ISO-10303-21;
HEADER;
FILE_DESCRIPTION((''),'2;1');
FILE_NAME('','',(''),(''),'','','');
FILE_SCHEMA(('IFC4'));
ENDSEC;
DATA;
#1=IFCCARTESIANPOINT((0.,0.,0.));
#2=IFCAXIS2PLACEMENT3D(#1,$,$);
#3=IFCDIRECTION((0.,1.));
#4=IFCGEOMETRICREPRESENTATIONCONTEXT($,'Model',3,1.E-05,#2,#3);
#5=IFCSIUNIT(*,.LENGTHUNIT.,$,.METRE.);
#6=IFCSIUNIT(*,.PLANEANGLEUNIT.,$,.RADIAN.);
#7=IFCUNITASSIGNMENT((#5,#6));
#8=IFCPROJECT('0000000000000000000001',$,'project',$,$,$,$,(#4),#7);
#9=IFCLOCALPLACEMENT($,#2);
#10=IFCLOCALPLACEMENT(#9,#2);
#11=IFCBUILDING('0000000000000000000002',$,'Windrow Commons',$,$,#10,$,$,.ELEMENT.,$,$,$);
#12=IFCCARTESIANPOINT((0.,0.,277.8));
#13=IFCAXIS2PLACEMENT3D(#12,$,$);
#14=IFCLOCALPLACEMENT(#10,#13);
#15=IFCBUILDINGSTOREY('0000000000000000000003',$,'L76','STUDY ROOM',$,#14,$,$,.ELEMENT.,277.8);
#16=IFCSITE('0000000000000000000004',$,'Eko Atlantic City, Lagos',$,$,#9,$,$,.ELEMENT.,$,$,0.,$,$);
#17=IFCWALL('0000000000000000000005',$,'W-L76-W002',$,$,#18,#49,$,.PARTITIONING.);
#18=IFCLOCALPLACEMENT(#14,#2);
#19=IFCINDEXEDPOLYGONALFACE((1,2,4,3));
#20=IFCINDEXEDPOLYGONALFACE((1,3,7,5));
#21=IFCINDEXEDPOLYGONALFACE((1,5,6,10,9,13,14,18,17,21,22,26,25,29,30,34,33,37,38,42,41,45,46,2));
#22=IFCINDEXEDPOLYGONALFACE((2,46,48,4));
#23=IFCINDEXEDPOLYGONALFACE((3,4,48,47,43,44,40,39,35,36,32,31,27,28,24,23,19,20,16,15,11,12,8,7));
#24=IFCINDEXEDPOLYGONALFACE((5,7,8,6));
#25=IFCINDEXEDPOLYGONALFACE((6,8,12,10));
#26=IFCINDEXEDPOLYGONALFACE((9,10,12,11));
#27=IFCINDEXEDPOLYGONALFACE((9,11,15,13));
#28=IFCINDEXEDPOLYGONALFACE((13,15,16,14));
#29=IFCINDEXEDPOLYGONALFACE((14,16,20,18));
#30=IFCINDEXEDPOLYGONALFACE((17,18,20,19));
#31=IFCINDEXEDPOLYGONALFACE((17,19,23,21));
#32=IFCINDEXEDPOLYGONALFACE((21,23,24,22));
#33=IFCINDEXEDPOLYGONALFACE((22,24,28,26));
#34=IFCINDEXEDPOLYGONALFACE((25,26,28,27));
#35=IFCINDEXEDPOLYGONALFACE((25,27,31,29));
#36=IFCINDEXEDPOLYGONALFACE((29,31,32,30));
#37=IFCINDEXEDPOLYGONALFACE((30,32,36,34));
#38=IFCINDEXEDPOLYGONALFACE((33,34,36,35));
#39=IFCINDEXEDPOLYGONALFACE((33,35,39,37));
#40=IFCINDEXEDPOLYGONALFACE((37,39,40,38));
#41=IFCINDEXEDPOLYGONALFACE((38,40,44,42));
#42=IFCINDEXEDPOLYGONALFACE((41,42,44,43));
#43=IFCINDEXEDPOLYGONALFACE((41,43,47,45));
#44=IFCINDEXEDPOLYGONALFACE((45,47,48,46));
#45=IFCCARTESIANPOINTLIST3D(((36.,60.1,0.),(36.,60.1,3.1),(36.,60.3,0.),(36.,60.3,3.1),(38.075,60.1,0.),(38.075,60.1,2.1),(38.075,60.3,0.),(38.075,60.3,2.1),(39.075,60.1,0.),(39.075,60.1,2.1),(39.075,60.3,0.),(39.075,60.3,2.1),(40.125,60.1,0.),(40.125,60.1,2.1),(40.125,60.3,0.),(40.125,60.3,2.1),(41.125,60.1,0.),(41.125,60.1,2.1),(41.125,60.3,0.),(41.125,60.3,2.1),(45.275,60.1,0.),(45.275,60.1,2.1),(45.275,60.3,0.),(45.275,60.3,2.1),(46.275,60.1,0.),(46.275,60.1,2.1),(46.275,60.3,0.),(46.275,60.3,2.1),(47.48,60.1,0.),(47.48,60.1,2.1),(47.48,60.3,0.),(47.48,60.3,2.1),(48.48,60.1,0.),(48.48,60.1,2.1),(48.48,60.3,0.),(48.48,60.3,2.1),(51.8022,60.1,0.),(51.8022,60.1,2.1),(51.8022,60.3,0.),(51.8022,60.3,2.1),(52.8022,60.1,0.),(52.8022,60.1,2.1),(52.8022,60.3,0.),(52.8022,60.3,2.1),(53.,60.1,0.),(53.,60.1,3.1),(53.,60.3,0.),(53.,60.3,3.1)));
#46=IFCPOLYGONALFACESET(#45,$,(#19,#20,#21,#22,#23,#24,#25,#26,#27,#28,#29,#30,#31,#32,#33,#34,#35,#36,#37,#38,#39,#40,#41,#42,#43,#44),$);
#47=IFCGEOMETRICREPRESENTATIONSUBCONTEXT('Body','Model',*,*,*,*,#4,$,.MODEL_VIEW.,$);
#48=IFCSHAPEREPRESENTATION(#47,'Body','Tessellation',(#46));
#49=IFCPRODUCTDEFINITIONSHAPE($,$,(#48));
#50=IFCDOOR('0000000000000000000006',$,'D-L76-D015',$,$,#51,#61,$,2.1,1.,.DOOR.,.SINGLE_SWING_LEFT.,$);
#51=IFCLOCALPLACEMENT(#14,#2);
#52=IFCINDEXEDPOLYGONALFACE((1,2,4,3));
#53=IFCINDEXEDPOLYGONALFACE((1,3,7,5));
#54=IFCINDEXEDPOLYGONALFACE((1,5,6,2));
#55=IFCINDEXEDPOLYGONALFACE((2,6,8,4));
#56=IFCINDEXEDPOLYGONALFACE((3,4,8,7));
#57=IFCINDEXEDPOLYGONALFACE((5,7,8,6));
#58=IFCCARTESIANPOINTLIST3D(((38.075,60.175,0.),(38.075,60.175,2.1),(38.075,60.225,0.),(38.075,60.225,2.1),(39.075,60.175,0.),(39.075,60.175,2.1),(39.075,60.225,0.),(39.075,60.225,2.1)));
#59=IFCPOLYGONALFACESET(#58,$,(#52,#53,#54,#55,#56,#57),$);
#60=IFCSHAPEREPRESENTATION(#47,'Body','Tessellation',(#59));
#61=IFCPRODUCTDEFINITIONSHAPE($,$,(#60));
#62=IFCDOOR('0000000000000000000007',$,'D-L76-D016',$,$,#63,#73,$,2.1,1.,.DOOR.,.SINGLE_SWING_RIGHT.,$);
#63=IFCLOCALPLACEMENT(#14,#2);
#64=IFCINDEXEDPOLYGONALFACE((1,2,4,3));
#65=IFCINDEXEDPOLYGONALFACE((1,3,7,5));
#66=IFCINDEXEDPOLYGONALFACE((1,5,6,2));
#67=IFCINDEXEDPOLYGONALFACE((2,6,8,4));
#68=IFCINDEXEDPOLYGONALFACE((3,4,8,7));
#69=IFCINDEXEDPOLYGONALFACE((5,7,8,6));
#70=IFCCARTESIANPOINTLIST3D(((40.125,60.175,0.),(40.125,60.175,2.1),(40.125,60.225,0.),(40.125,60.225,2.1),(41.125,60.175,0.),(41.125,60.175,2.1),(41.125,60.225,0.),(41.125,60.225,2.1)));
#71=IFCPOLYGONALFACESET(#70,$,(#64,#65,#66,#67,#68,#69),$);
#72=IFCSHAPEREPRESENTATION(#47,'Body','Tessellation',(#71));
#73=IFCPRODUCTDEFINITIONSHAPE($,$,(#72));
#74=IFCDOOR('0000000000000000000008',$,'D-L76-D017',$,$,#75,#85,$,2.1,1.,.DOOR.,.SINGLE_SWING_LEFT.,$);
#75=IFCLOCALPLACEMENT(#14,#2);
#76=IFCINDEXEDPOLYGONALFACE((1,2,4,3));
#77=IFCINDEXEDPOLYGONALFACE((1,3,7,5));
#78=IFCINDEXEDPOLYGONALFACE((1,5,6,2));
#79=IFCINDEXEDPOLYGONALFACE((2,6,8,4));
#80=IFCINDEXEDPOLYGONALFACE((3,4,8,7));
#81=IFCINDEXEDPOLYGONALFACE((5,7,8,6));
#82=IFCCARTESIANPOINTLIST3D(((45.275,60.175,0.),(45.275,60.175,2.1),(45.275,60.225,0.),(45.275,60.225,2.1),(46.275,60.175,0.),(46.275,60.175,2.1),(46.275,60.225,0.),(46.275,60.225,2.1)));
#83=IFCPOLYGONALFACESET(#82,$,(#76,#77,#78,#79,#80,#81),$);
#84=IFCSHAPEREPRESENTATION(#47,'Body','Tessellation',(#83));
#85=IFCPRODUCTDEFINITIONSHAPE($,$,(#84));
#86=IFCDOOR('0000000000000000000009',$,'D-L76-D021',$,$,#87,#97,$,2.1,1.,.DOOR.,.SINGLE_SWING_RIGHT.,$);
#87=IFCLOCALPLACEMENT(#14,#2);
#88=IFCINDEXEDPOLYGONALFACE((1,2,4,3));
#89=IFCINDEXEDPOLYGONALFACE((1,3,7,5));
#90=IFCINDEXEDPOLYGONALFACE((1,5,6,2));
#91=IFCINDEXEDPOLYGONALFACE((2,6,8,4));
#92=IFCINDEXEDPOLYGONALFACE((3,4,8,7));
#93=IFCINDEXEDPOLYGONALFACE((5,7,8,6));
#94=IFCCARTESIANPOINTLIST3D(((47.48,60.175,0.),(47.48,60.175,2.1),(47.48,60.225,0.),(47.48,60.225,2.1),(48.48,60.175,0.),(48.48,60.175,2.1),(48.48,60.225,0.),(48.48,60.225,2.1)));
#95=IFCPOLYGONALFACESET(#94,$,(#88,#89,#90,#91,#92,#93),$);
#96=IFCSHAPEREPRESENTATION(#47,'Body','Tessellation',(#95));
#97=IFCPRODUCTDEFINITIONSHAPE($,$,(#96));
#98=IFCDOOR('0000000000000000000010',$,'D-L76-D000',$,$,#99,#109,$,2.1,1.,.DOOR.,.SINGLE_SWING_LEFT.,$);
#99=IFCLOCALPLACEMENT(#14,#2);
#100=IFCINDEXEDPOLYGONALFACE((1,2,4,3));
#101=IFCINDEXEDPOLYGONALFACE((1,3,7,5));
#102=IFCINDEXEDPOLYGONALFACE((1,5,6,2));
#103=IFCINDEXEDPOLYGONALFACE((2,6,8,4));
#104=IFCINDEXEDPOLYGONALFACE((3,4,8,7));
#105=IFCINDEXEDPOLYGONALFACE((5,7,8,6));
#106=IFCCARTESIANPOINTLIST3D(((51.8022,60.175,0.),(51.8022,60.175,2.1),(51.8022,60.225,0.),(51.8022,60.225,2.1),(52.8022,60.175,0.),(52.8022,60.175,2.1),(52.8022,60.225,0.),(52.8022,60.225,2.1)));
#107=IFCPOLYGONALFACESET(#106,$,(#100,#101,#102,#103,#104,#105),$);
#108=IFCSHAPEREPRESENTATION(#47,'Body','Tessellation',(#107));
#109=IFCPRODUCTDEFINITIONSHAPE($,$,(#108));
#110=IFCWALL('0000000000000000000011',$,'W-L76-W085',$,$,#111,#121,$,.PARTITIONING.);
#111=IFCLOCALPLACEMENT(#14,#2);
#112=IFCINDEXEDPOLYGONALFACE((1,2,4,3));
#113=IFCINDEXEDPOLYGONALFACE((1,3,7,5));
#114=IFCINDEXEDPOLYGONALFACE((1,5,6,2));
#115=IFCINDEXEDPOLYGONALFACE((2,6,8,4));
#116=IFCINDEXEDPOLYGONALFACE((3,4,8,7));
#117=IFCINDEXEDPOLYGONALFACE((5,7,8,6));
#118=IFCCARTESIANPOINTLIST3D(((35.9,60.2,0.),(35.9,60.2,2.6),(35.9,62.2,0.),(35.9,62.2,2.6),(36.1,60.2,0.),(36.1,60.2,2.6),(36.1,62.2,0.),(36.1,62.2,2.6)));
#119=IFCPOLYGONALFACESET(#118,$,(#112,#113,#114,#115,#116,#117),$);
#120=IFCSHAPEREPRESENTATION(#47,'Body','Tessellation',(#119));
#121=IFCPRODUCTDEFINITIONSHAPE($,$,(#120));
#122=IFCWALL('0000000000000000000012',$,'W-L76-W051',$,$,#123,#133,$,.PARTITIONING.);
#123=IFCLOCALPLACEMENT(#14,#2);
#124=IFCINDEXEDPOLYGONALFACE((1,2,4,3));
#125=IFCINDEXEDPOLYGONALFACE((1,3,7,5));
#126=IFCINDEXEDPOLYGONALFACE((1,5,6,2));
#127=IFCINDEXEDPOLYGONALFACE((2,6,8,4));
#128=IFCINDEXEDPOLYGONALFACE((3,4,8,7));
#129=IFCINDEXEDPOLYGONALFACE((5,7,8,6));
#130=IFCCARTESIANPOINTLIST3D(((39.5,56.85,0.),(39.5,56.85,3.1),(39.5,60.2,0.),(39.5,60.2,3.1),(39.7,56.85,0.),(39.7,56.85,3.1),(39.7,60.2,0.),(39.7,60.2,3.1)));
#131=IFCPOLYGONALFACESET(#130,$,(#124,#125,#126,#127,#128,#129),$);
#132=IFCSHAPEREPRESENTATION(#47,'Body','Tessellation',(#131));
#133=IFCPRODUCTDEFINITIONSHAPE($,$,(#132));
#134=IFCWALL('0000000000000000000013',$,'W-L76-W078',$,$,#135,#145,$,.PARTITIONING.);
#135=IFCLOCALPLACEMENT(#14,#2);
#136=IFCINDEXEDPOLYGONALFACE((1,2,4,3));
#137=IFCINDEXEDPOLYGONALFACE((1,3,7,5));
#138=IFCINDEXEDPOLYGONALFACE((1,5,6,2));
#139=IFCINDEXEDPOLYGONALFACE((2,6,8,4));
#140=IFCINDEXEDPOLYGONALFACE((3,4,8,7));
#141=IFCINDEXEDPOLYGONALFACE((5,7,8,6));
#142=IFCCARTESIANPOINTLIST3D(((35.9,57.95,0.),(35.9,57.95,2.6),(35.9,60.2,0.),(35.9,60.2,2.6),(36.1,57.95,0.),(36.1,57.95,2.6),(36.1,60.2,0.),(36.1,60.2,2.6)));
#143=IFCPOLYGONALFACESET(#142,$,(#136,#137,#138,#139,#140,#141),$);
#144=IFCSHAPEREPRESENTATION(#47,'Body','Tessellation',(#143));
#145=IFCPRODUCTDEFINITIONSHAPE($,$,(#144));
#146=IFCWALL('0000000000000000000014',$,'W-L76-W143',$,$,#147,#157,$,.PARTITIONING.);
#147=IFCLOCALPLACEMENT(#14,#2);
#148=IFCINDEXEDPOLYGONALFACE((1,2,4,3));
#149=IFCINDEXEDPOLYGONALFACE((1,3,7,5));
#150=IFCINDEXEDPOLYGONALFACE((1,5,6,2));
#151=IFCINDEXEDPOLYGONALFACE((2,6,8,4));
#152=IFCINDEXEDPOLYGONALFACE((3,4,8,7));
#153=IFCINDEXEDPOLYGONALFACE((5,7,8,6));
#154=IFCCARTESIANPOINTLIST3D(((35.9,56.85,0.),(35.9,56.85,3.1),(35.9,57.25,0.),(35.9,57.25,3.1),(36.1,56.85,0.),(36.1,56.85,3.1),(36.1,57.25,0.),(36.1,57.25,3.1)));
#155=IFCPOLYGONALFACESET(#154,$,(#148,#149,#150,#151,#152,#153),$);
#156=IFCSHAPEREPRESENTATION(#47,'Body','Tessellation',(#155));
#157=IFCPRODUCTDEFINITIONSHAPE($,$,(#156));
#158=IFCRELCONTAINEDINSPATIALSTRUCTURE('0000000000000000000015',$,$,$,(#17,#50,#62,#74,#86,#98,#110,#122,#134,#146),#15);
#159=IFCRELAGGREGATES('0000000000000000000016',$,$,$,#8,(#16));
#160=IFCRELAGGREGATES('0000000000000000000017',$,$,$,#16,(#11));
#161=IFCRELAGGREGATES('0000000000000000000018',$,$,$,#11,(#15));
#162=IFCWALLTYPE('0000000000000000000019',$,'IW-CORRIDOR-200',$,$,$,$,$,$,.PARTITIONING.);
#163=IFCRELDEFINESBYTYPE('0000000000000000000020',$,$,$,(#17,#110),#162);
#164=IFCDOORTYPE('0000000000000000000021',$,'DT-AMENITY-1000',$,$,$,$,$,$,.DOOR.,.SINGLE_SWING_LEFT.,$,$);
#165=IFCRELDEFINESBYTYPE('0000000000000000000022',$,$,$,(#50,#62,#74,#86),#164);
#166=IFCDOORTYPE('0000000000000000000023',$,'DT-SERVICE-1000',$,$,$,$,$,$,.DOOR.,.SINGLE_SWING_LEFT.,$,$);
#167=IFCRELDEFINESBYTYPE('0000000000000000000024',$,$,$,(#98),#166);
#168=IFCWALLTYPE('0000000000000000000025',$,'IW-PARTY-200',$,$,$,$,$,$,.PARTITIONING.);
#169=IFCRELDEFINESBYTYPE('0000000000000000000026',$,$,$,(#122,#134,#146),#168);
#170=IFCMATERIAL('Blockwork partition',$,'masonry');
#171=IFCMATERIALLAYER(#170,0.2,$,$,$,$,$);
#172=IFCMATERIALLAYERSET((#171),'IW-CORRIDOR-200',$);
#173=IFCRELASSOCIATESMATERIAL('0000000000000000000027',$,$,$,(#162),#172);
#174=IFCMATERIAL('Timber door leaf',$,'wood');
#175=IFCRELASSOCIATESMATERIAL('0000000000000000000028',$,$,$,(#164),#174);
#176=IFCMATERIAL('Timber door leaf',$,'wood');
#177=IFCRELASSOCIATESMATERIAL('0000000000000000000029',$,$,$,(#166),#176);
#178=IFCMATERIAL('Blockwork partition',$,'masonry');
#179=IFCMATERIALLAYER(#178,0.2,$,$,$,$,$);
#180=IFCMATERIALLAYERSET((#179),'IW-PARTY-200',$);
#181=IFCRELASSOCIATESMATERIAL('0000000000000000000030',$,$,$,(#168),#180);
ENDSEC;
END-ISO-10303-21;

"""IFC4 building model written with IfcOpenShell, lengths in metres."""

from ifc_helpers import new_model, si_unit, direction, frame, frame_2d, origin, place, context, subcontext, project, spatial, rectangle, extrude, material, layer, layer_set, type_object, element, fill, save


model = new_model("IFC4")

# Units and contexts
model_context = context("Model", 3, precision=1e-05, world=origin(), true_north=direction((0.0, 1.0)))
body_context = subcontext(model_context, "Body", "Model", "MODEL_VIEW")
ifc_project = project(units=[si_unit("LENGTHUNIT", "METRE"), si_unit("PLANEANGLEUNIT", "RADIAN")], contexts=[model_context])

# Site, building, storey
site_placement = place(None, origin())
site = spatial("IfcSite", under=ifc_project, at=site_placement, Name="Eko Atlantic City, Lagos", CompositionType="ELEMENT", RefElevation=0.0)
building_placement = place(site_placement, origin())
building = spatial("IfcBuilding", under=site, at=building_placement, Name="Windrow Commons", CompositionType="ELEMENT")
storey_placement = place(building_placement, frame((0.0, 0.0, 277.8)))
storey = spatial("IfcBuildingStorey", under=building, at=storey_placement, Name="L76", Description="STUDY ROOM", CompositionType="ELEMENT", Elevation=277.8)

# Wall, openings, doors
ifc_material_1 = material(Name="Blockwork partition", Category="masonry")
ifc_layer_1 = layer(ifc_material_1, 0.2)
ifc_layer_set_1 = layer_set([ifc_layer_1], Name="IW-CORRIDOR-200")
wall_type_1 = type_object("IfcWallType", Name="IW-CORRIDOR-200", PredefinedType="PARTITIONING", material=ifc_layer_set_1)
wall_1_placement = place(storey_placement, frame((36.0, 60.2, 0.0), z_axis=(0.0, 0.0, 1.0), x_axis=(1.0, 0.0, 0.0)))
wall_1 = element("IfcWall", 1, at=wall_1_placement, inside=storey, type_object=wall_type_1, Name="W-L76-W002", PredefinedType="PARTITIONING", context=body_context, shape_type="SweptSolid", body=[
    extrude(rectangle(XDim=17.0, YDim=0.2, at=frame_2d((8.5, 0.0))), origin(), (0.0, 0.0, 1.0), 3.1),
])
opening_1_placement = place(wall_1_placement, frame((15.8022, 0.0, 0.0)))
opening_1 = element("IfcOpeningElement", 2, at=opening_1_placement, cuts=wall_1, PredefinedType="OPENING", context=body_context, shape_type="SweptSolid", body=[
    extrude(rectangle(XDim=1.0, YDim=2.1, at=frame_2d((0.5, 1.05))), frame((0.0, 0.11, 0.0), z_axis=(0.0, -1.0, 0.0), x_axis=(1.0, 0.0, 0.0)), (0.0, 0.0, 1.0), 0.22),
])
opening_2_placement = place(wall_1_placement, frame((2.075, 0.0, 0.0)))
opening_2 = element("IfcOpeningElement", 3, at=opening_2_placement, cuts=wall_1, PredefinedType="OPENING", context=body_context, shape_type="SweptSolid", body=[
    extrude(rectangle(XDim=1.0, YDim=2.1, at=frame_2d((0.5, 1.05))), frame((0.0, 0.11, 0.0), z_axis=(0.0, -1.0, 0.0), x_axis=(1.0, 0.0, 0.0)), (0.0, 0.0, 1.0), 0.22),
])
opening_3_placement = place(wall_1_placement, frame((4.125, 0.0, 0.0)))
opening_3 = element("IfcOpeningElement", 4, at=opening_3_placement, cuts=wall_1, PredefinedType="OPENING", context=body_context, shape_type="SweptSolid", body=[
    extrude(rectangle(XDim=1.0, YDim=2.1, at=frame_2d((0.5, 1.05))), frame((0.0, 0.11, 0.0), z_axis=(0.0, -1.0, 0.0), x_axis=(1.0, 0.0, 0.0)), (0.0, 0.0, 1.0), 0.22),
])
opening_4_placement = place(wall_1_placement, frame((9.275, 0.0, 0.0)))
opening_4 = element("IfcOpeningElement", 5, at=opening_4_placement, cuts=wall_1, PredefinedType="OPENING", context=body_context, shape_type="SweptSolid", body=[
    extrude(rectangle(XDim=1.0, YDim=2.1, at=frame_2d((0.5, 1.05))), frame((0.0, 0.11, 0.0), z_axis=(0.0, -1.0, 0.0), x_axis=(1.0, 0.0, 0.0)), (0.0, 0.0, 1.0), 0.22),
])
opening_5_placement = place(wall_1_placement, frame((11.48, 0.0, 0.0)))
opening_5 = element("IfcOpeningElement", 6, at=opening_5_placement, cuts=wall_1, PredefinedType="OPENING", context=body_context, shape_type="SweptSolid", body=[
    extrude(rectangle(XDim=1.0, YDim=2.1, at=frame_2d((0.5, 1.05))), frame((0.0, 0.11, 0.0), z_axis=(0.0, -1.0, 0.0), x_axis=(1.0, 0.0, 0.0)), (0.0, 0.0, 1.0), 0.22),
])
ifc_material_2 = material(Name="Timber door leaf", Category="wood")
door_type_1 = type_object("IfcDoorType", Name="DT-AMENITY-1000", OperationType="SINGLE_SWING_LEFT", PredefinedType="DOOR", material=ifc_material_2)
door_1_placement = place(opening_2_placement, origin())
door_1 = element("IfcDoor", 7, at=door_1_placement, inside=storey, type_object=door_type_1, Name="D-L76-D015", OperationType="SINGLE_SWING_LEFT", OverallHeight=2.1, OverallWidth=1.0, PredefinedType="DOOR", context=body_context, shape_type="SweptSolid", body=[
    extrude(rectangle(XDim=1.0, YDim=2.1, at=frame_2d((0.5, 1.05))), frame((0.0, 0.025, 0.0), z_axis=(0.0, -1.0, 0.0), x_axis=(1.0, 0.0, 0.0)), (0.0, 0.0, 1.0), 0.05),
])
fill(opening_2, door_1)
door_2_placement = place(opening_3_placement, origin())
door_2 = element("IfcDoor", 8, at=door_2_placement, inside=storey, type_object=door_type_1, Name="D-L76-D016", OperationType="SINGLE_SWING_RIGHT", OverallHeight=2.1, OverallWidth=1.0, PredefinedType="DOOR", context=body_context, shape_type="SweptSolid", body=[
    extrude(rectangle(XDim=1.0, YDim=2.1, at=frame_2d((0.5, 1.05))), frame((0.0, 0.025, 0.0), z_axis=(0.0, -1.0, 0.0), x_axis=(1.0, 0.0, 0.0)), (0.0, 0.0, 1.0), 0.05),
])
fill(opening_3, door_2)
door_3_placement = place(opening_4_placement, origin())
door_3 = element("IfcDoor", 9, at=door_3_placement, inside=storey, type_object=door_type_1, Name="D-L76-D017", OperationType="SINGLE_SWING_LEFT", OverallHeight=2.1, OverallWidth=1.0, PredefinedType="DOOR", context=body_context, shape_type="SweptSolid", body=[
    extrude(rectangle(XDim=1.0, YDim=2.1, at=frame_2d((0.5, 1.05))), frame((0.0, 0.025, 0.0), z_axis=(0.0, -1.0, 0.0), x_axis=(1.0, 0.0, 0.0)), (0.0, 0.0, 1.0), 0.05),
])
fill(opening_4, door_3)
door_4_placement = place(opening_5_placement, origin())
door_4 = element("IfcDoor", 10, at=door_4_placement, inside=storey, type_object=door_type_1, Name="D-L76-D021", OperationType="SINGLE_SWING_RIGHT", OverallHeight=2.1, OverallWidth=1.0, PredefinedType="DOOR", context=body_context, shape_type="SweptSolid", body=[
    extrude(rectangle(XDim=1.0, YDim=2.1, at=frame_2d((0.5, 1.05))), frame((0.0, 0.025, 0.0), z_axis=(0.0, -1.0, 0.0), x_axis=(1.0, 0.0, 0.0)), (0.0, 0.0, 1.0), 0.05),
])
fill(opening_5, door_4)
ifc_material_3 = material(Name="Timber door leaf", Category="wood")
door_type_2 = type_object("IfcDoorType", Name="DT-SERVICE-1000", OperationType="SINGLE_SWING_LEFT", PredefinedType="DOOR", material=ifc_material_3)
door_5_placement = place(opening_1_placement, origin())
door_5 = element("IfcDoor", 11, at=door_5_placement, inside=storey, type_object=door_type_2, Name="D-L76-D000", OperationType="SINGLE_SWING_LEFT", OverallHeight=2.1, OverallWidth=1.0, PredefinedType="DOOR", context=body_context, shape_type="SweptSolid", body=[
    extrude(rectangle(XDim=1.0, YDim=2.1, at=frame_2d((0.5, 1.05))), frame((0.0, 0.025, 0.0), z_axis=(0.0, -1.0, 0.0), x_axis=(1.0, 0.0, 0.0)), (0.0, 0.0, 1.0), 0.05),
])
fill(opening_1, door_5)

# Walls
wall_2_placement = place(storey_placement, frame((36.0, 60.2, 0.0), z_axis=(0.0, 0.0, 1.0), x_axis=(0.0, 1.0, 0.0)))
element("IfcWall", 12, at=wall_2_placement, inside=storey, type_object=wall_type_1, Name="W-L76-W085", PredefinedType="PARTITIONING", context=body_context, shape_type="SweptSolid", body=[
    extrude(rectangle(XDim=2.0, YDim=0.2, at=frame_2d((1.0, 0.0))), origin(), (0.0, 0.0, 1.0), 2.6),
])
ifc_material_4 = material(Name="Blockwork partition", Category="masonry")
ifc_layer_2 = layer(ifc_material_4, 0.2)
ifc_layer_set_2 = layer_set([ifc_layer_2], Name="IW-PARTY-200")
wall_type_2 = type_object("IfcWallType", Name="IW-PARTY-200", PredefinedType="PARTITIONING", material=ifc_layer_set_2)
wall_3_placement = place(storey_placement, frame((39.6, 56.85, 0.0), z_axis=(0.0, 0.0, 1.0), x_axis=(0.0, 1.0, 0.0)))
element("IfcWall", 13, at=wall_3_placement, inside=storey, type_object=wall_type_2, Name="W-L76-W051", PredefinedType="PARTITIONING", context=body_context, shape_type="SweptSolid", body=[
    extrude(rectangle(XDim=3.35, YDim=0.2, at=frame_2d((1.675, 0.0))), origin(), (0.0, 0.0, 1.0), 3.1),
])
wall_4_placement = place(storey_placement, frame((36.0, 57.95, 0.0), z_axis=(0.0, 0.0, 1.0), x_axis=(0.0, 1.0, 0.0)))
element("IfcWall", 14, at=wall_4_placement, inside=storey, type_object=wall_type_2, Name="W-L76-W078", PredefinedType="PARTITIONING", context=body_context, shape_type="SweptSolid", body=[
    extrude(rectangle(XDim=2.25, YDim=0.2, at=frame_2d((1.125, 0.0))), origin(), (0.0, 0.0, 1.0), 2.6),
])
wall_5_placement = place(storey_placement, frame((36.0, 56.85, 0.0), z_axis=(0.0, 0.0, 1.0), x_axis=(0.0, 1.0, 0.0)))
element("IfcWall", 15, at=wall_5_placement, inside=storey, type_object=wall_type_2, Name="W-L76-W143", PredefinedType="PARTITIONING", context=body_context, shape_type="SweptSolid", body=[
    extrude(rectangle(XDim=0.4, YDim=0.2, at=frame_2d((0.2, 0.0))), origin(), (0.0, 0.0, 1.0), 3.1),
])

save(model, "model.ifc")
